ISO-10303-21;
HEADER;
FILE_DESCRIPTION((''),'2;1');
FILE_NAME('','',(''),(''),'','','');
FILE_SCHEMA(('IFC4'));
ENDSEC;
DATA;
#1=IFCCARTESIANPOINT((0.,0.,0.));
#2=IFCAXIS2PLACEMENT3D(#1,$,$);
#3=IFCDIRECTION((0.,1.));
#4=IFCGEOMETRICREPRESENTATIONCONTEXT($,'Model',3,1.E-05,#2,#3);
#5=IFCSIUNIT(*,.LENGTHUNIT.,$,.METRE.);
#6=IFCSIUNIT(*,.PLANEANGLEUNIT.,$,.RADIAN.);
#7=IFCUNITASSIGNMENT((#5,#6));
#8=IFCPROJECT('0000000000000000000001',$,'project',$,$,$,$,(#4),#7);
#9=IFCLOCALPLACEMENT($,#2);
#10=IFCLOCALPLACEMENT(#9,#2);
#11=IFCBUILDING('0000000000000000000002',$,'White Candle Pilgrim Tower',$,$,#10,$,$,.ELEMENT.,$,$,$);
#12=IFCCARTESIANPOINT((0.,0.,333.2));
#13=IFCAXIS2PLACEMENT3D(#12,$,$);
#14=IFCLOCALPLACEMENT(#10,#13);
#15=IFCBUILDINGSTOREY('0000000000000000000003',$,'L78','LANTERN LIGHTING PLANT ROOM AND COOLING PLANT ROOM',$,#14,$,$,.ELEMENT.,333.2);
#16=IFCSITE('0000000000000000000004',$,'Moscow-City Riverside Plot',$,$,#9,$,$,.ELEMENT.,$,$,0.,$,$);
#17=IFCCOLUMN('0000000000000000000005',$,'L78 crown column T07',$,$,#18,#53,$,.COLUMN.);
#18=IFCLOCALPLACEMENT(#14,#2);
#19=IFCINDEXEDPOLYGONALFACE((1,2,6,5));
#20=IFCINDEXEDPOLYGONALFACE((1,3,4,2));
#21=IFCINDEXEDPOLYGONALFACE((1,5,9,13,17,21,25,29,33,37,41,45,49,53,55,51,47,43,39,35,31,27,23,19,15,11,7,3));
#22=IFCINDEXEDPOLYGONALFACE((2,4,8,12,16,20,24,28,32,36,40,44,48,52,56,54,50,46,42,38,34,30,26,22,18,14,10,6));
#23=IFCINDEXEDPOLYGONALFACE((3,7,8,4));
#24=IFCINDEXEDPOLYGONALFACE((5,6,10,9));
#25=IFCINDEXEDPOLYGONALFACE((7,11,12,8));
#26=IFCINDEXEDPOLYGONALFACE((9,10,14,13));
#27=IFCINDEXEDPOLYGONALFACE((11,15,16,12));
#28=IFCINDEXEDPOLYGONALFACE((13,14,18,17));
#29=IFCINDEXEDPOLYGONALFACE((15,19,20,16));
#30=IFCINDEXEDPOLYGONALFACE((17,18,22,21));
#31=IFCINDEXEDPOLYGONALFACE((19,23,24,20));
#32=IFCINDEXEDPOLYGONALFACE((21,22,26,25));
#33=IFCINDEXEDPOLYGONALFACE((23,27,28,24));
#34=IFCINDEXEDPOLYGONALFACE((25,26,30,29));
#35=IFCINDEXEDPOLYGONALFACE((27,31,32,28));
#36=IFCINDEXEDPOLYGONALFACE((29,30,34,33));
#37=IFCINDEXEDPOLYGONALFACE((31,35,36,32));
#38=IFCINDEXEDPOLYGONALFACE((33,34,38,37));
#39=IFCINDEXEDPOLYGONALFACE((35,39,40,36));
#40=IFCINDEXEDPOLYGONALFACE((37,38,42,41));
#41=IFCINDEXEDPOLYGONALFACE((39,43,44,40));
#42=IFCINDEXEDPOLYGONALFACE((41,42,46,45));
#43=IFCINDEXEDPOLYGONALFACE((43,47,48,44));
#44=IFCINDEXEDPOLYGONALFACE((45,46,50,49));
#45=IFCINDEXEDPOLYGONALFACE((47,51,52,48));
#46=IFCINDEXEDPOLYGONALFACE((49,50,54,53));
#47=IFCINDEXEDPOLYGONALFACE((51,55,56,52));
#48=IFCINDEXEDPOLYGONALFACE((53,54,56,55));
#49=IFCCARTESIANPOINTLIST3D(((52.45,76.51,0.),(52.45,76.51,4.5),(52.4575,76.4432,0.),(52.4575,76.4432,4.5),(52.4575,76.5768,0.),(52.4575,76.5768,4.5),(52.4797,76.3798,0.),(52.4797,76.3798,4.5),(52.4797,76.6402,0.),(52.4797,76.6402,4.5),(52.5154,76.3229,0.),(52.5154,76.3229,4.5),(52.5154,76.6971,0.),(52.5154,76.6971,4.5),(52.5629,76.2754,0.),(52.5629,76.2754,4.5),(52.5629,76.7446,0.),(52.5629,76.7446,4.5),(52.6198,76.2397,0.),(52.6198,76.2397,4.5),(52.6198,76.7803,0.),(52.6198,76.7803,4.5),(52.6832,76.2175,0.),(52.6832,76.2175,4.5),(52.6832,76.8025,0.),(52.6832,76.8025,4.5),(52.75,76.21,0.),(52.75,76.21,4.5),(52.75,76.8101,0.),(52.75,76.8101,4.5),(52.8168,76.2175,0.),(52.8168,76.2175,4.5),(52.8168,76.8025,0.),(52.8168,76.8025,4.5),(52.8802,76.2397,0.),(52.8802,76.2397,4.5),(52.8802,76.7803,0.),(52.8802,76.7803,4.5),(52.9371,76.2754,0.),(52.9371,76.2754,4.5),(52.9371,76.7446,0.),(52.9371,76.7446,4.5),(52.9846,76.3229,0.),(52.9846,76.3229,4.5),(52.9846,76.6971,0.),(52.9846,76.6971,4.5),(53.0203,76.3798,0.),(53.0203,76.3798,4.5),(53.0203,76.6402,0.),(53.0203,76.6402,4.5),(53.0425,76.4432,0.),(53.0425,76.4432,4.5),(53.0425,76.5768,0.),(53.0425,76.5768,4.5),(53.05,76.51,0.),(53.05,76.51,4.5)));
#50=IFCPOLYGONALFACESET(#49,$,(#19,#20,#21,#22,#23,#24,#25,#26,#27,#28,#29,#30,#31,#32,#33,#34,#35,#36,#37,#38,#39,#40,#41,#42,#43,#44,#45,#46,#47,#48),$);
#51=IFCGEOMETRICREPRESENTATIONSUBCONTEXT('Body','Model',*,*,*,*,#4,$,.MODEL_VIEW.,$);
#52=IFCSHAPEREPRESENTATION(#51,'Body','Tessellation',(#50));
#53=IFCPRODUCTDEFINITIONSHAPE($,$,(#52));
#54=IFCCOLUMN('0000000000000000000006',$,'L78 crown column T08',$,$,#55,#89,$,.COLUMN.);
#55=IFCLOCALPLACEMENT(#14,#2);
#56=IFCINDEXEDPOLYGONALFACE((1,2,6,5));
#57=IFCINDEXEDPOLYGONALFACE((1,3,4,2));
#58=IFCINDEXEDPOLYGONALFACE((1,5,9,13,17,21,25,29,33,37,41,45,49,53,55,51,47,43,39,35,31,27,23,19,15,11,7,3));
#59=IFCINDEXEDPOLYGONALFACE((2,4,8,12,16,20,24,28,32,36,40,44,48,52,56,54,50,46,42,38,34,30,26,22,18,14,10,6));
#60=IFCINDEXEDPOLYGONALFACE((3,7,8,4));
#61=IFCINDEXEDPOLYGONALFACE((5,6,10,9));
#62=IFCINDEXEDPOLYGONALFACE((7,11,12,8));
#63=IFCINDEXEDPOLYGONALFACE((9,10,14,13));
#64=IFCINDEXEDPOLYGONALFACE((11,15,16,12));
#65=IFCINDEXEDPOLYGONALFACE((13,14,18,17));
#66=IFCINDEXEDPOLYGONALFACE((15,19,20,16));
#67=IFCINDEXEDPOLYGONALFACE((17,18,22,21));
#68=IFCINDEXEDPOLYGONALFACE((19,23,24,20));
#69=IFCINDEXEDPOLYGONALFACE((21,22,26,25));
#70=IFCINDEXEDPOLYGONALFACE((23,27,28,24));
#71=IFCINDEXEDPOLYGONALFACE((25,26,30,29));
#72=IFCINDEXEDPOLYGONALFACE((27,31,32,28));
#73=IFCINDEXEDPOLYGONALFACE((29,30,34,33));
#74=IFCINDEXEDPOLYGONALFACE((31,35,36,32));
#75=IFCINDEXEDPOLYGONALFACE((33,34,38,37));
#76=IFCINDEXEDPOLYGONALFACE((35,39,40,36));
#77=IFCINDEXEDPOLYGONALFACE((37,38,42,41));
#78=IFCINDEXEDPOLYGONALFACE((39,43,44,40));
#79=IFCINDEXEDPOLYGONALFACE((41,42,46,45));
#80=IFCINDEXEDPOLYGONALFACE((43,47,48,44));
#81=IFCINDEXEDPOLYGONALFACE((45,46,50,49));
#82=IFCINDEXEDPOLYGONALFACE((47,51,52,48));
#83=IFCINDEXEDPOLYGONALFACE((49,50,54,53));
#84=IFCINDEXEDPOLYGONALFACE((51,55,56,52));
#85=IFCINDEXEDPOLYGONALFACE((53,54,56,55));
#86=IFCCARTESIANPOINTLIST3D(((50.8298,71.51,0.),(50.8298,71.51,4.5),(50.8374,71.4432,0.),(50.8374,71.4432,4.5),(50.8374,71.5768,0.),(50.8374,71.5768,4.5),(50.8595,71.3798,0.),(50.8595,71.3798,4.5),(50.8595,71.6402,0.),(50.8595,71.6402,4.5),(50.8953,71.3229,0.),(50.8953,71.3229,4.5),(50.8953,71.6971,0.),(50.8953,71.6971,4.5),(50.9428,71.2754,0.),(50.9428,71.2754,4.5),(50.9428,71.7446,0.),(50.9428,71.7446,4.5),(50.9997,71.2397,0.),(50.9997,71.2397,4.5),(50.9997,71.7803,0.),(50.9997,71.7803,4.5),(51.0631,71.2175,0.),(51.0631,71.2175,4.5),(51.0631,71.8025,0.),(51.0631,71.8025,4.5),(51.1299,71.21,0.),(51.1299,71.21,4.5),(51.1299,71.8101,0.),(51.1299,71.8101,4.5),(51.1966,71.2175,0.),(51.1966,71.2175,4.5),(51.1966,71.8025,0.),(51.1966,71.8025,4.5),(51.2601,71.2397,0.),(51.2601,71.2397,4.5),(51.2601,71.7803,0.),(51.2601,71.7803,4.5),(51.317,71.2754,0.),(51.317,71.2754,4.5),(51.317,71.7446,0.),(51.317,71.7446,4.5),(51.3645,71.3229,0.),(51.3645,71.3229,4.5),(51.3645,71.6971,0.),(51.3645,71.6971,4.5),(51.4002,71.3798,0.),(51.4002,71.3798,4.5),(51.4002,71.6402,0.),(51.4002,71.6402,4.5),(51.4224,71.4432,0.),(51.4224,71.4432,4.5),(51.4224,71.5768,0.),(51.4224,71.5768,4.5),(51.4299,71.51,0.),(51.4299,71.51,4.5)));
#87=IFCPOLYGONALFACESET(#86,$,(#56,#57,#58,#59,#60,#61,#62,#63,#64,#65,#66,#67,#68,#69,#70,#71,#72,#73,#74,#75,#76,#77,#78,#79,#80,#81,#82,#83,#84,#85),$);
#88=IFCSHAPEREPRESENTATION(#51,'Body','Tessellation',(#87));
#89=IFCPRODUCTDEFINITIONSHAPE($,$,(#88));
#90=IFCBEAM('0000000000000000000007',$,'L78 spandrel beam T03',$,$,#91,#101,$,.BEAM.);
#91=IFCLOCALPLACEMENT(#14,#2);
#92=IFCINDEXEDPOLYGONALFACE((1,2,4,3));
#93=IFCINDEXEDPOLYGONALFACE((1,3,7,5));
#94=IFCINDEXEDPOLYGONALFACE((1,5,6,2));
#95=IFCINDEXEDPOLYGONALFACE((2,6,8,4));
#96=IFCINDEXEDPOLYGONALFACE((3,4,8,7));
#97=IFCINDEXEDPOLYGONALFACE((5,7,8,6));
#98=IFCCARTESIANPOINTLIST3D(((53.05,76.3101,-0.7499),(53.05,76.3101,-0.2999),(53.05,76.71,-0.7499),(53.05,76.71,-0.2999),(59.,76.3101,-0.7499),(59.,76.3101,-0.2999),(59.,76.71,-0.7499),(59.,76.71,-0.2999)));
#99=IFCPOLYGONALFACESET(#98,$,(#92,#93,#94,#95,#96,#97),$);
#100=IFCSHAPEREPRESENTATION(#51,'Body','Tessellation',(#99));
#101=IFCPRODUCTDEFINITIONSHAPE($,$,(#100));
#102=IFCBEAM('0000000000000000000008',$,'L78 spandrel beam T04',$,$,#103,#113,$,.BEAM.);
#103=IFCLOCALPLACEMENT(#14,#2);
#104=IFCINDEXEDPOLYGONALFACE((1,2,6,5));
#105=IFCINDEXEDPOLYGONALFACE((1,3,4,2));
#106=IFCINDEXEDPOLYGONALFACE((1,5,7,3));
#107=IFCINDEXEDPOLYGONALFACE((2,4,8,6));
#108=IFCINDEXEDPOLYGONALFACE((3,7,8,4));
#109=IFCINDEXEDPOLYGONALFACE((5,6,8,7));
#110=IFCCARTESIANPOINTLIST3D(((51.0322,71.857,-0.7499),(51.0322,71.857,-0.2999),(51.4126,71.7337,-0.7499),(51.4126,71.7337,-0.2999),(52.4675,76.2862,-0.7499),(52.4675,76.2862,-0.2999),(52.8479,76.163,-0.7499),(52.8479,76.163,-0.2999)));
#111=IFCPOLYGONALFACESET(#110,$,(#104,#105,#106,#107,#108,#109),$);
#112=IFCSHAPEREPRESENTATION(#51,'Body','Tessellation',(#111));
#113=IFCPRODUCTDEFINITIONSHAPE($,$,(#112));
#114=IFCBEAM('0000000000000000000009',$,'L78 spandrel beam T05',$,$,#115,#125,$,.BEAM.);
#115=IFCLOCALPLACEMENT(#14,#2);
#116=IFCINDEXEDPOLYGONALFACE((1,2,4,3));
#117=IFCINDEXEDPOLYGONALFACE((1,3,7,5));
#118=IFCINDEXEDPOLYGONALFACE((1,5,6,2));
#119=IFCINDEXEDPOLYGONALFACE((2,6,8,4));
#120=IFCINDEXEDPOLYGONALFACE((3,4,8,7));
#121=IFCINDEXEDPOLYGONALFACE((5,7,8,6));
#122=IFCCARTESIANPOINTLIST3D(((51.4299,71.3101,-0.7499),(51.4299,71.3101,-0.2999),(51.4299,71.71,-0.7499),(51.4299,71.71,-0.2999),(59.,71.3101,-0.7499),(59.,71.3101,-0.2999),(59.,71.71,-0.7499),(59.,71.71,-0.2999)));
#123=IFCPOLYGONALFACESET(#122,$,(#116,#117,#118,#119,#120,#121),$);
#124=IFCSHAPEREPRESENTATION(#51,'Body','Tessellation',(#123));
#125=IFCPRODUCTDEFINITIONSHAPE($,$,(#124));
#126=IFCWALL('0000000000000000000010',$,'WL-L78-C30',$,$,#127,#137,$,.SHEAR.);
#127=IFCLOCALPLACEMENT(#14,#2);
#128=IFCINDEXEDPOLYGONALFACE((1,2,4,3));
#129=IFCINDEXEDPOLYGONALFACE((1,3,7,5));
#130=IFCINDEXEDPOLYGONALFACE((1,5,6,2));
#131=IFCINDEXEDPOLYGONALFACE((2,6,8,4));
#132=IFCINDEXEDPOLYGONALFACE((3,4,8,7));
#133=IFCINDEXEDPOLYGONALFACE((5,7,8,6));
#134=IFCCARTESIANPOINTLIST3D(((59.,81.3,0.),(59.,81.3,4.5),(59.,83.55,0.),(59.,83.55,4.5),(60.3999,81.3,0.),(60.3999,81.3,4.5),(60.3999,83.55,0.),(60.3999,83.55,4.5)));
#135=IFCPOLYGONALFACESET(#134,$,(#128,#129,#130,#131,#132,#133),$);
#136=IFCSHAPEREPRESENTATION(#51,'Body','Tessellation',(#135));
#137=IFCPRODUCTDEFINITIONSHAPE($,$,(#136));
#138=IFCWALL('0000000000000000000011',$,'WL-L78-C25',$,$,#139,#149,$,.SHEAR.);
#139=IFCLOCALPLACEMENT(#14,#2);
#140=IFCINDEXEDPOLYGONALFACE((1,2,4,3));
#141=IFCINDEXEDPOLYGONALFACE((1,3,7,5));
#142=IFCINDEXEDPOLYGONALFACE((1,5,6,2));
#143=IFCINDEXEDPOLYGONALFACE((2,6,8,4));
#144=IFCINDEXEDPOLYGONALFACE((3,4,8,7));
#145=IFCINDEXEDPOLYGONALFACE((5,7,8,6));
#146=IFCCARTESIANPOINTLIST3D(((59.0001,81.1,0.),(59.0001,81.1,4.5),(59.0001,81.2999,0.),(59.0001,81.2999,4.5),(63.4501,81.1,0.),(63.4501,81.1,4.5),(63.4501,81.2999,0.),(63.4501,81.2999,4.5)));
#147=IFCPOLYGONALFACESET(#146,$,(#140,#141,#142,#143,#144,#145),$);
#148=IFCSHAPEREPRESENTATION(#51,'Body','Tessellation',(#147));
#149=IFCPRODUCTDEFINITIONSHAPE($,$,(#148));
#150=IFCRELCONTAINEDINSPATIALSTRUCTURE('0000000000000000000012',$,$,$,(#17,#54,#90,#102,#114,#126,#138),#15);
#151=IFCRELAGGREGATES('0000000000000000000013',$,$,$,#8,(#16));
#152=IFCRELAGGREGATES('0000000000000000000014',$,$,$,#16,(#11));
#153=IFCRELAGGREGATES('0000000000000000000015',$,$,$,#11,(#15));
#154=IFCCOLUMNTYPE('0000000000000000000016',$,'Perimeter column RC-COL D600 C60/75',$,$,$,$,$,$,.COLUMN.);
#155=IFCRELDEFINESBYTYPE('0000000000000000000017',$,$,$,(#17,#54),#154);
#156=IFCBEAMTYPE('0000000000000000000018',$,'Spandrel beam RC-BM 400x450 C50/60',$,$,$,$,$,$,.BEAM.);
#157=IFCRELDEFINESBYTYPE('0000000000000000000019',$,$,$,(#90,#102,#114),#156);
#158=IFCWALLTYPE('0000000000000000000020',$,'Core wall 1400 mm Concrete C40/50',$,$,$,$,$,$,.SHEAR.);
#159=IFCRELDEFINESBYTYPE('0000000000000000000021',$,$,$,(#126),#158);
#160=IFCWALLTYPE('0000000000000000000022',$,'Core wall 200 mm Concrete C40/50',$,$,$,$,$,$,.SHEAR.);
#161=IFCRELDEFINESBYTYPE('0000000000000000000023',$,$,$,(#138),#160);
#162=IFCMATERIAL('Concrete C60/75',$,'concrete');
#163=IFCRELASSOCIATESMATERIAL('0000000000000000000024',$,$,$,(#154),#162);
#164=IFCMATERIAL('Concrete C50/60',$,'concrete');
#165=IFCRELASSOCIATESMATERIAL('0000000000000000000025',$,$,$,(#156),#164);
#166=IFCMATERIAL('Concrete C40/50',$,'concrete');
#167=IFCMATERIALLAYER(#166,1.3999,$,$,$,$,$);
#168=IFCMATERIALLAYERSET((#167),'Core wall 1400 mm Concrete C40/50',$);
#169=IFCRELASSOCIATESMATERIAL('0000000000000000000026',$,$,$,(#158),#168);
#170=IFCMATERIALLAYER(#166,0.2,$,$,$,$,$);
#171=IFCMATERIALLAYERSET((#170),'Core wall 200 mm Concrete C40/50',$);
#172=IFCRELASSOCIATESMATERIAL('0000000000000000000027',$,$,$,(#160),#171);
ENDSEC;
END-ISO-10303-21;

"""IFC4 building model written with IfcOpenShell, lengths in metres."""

from ifc_helpers import new_model, si_unit, direction, frame, frame_2d, origin, origin_2d, place, context, subcontext, project, spatial, rectangle, circle, extrude, material, layer, layer_set, material_profile, profile_set, type_object, element, save


model = new_model("IFC4")

# Units and contexts
model_context = context("Model", 3, precision=1e-05, world=origin(), true_north=direction((0.0, 1.0)))
body_context = subcontext(model_context, "Body", "Model", "MODEL_VIEW")
ifc_project = project(units=[si_unit("LENGTHUNIT", "METRE"), si_unit("PLANEANGLEUNIT", "RADIAN")], contexts=[model_context])

# Site, building, storey
site_placement = place(None, origin())
site = spatial("IfcSite", under=ifc_project, at=site_placement, Name="Moscow-City Riverside Plot", CompositionType="ELEMENT", RefElevation=0.0)
building_placement = place(site_placement, origin())
building = spatial("IfcBuilding", under=site, at=building_placement, Name="White Candle Pilgrim Tower", CompositionType="ELEMENT")
storey_placement = place(building_placement, frame((0.0, 0.0, 333.2)))
storey = spatial("IfcBuildingStorey", under=building, at=storey_placement, Name="L78", Description="LANTERN LIGHTING PLANT ROOM AND COOLING PLANT ROOM", CompositionType="ELEMENT", Elevation=333.2)

# Columns
ifc_material_1 = material(Name="Concrete C60/75", Category="concrete")
ifc_material_profile_1 = material_profile(ifc_material_1, circle(Radius=0.3, at=origin_2d()), Name="RC-COL D600")
ifc_profile_set_1 = profile_set([ifc_material_profile_1], Name="Concrete C60/75")
column_type = type_object("IfcColumnType", Name="Perimeter column RC-COL D600 C60/75", PredefinedType="COLUMN", material=ifc_profile_set_1)
for number, where, z_axis, x_axis, name in (
    (1, (52.75, 76.51, 0.0), (0.0, 0.0, 1.0), (1.0, 0.0, 0.0), "L78 crown column T07"),
    (2, (51.1299, 71.51, 0.0), (0.0, 0.0, 1.0), (1.0, 0.0, 0.0), "L78 crown column T08"),
):
    element("IfcColumn", number, at=place(storey_placement, frame(where, z_axis=z_axis, x_axis=x_axis)), inside=storey, type_object=column_type, Name=name, PredefinedType="COLUMN", context=body_context, shape_type="SweptSolid", body=[
        extrude(circle(Radius=0.3, at=origin_2d()), origin(), (0.0, 0.0, 1.0), 4.5),
    ])

# Beams
ifc_material_2 = material(Name="Concrete C50/60", Category="concrete")
ifc_material_profile_2 = material_profile(ifc_material_2, rectangle(XDim=0.3999, YDim=0.45, at=origin_2d()), Name="RC-BM 400x450")
ifc_profile_set_2 = profile_set([ifc_material_profile_2], Name="Concrete C50/60")
beam_type = type_object("IfcBeamType", Name="Spandrel beam RC-BM 400x450 C50/60", PredefinedType="BEAM", material=ifc_profile_set_2)
beam_1_placement = place(storey_placement, frame((53.05, 76.51, -0.5249), z_axis=(1.0, 0.0, 0.0), x_axis=(0.0, 1.0, 0.0)))
element("IfcBeam", 3, at=beam_1_placement, inside=storey, type_object=beam_type, Name="L78 spandrel beam T03", PredefinedType="BEAM", context=body_context, shape_type="SweptSolid", body=[
    extrude(rectangle(XDim=0.3999, YDim=0.45, at=origin_2d()), origin(), (0.0, 0.0, 1.0), 5.95),
])
beam_2_placement = place(storey_placement, frame((52.6577, 76.2246, -0.5249), z_axis=(-0.308273, -0.951298, 0.0), x_axis=(0.951298, -0.308273, 0.0)))
element("IfcBeam", 4, at=beam_2_placement, inside=storey, type_object=beam_type, Name="L78 spandrel beam T04", PredefinedType="BEAM", context=body_context, shape_type="SweptSolid", body=[
    extrude(rectangle(XDim=0.3999, YDim=0.45, at=origin_2d()), origin(), (0.0, 0.0, 1.0), 4.656),
])
beam_3_placement = place(storey_placement, frame((51.4299, 71.51, -0.5249), z_axis=(1.0, 0.0, 0.0), x_axis=(0.0, 1.0, 0.0)))
element("IfcBeam", 5, at=beam_3_placement, inside=storey, type_object=beam_type, Name="L78 spandrel beam T05", PredefinedType="BEAM", context=body_context, shape_type="SweptSolid", body=[
    extrude(rectangle(XDim=0.3999, YDim=0.45, at=origin_2d()), origin(), (0.0, 0.0, 1.0), 7.5701),
])

# Walls
ifc_material_3 = material(Name="Concrete C40/50", Category="concrete")
ifc_layer_1 = layer(ifc_material_3, 1.3999)
ifc_layer_set_1 = layer_set([ifc_layer_1], Name="Core wall 1400 mm Concrete C40/50")
wall_type_1 = type_object("IfcWallType", Name="Core wall 1400 mm Concrete C40/50", PredefinedType="SHEAR", material=ifc_layer_set_1)
wall_1_placement = place(storey_placement, frame((59.7, 81.3, 0.0), z_axis=(0.0, 0.0, 1.0), x_axis=(0.0, 1.0, 0.0)))
element("IfcWall", 6, at=wall_1_placement, inside=storey, type_object=wall_type_1, Name="WL-L78-C30", PredefinedType="SHEAR", context=body_context, shape_type="SweptSolid", body=[
    extrude(rectangle(XDim=2.25, YDim=1.3999, at=frame_2d((1.125, 0.0))), origin(), (0.0, 0.0, 1.0), 4.5),
])
ifc_layer_2 = layer(ifc_material_3, 0.2)
ifc_layer_set_2 = layer_set([ifc_layer_2], Name="Core wall 200 mm Concrete C40/50")
wall_type_2 = type_object("IfcWallType", Name="Core wall 200 mm Concrete C40/50", PredefinedType="SHEAR", material=ifc_layer_set_2)
wall_2_placement = place(storey_placement, frame((59.0, 81.2, 0.0), z_axis=(0.0, 0.0, 1.0), x_axis=(1.0, 0.0, 0.0)))
element("IfcWall", 7, at=wall_2_placement, inside=storey, type_object=wall_type_2, Name="WL-L78-C25", PredefinedType="SHEAR", context=body_context, shape_type="SweptSolid", body=[
    extrude(rectangle(XDim=4.45, YDim=0.2, at=frame_2d((2.2251, 0.0))), origin(), (0.0, 0.0, 1.0), 4.5),
])

save(model, "model.ifc")
